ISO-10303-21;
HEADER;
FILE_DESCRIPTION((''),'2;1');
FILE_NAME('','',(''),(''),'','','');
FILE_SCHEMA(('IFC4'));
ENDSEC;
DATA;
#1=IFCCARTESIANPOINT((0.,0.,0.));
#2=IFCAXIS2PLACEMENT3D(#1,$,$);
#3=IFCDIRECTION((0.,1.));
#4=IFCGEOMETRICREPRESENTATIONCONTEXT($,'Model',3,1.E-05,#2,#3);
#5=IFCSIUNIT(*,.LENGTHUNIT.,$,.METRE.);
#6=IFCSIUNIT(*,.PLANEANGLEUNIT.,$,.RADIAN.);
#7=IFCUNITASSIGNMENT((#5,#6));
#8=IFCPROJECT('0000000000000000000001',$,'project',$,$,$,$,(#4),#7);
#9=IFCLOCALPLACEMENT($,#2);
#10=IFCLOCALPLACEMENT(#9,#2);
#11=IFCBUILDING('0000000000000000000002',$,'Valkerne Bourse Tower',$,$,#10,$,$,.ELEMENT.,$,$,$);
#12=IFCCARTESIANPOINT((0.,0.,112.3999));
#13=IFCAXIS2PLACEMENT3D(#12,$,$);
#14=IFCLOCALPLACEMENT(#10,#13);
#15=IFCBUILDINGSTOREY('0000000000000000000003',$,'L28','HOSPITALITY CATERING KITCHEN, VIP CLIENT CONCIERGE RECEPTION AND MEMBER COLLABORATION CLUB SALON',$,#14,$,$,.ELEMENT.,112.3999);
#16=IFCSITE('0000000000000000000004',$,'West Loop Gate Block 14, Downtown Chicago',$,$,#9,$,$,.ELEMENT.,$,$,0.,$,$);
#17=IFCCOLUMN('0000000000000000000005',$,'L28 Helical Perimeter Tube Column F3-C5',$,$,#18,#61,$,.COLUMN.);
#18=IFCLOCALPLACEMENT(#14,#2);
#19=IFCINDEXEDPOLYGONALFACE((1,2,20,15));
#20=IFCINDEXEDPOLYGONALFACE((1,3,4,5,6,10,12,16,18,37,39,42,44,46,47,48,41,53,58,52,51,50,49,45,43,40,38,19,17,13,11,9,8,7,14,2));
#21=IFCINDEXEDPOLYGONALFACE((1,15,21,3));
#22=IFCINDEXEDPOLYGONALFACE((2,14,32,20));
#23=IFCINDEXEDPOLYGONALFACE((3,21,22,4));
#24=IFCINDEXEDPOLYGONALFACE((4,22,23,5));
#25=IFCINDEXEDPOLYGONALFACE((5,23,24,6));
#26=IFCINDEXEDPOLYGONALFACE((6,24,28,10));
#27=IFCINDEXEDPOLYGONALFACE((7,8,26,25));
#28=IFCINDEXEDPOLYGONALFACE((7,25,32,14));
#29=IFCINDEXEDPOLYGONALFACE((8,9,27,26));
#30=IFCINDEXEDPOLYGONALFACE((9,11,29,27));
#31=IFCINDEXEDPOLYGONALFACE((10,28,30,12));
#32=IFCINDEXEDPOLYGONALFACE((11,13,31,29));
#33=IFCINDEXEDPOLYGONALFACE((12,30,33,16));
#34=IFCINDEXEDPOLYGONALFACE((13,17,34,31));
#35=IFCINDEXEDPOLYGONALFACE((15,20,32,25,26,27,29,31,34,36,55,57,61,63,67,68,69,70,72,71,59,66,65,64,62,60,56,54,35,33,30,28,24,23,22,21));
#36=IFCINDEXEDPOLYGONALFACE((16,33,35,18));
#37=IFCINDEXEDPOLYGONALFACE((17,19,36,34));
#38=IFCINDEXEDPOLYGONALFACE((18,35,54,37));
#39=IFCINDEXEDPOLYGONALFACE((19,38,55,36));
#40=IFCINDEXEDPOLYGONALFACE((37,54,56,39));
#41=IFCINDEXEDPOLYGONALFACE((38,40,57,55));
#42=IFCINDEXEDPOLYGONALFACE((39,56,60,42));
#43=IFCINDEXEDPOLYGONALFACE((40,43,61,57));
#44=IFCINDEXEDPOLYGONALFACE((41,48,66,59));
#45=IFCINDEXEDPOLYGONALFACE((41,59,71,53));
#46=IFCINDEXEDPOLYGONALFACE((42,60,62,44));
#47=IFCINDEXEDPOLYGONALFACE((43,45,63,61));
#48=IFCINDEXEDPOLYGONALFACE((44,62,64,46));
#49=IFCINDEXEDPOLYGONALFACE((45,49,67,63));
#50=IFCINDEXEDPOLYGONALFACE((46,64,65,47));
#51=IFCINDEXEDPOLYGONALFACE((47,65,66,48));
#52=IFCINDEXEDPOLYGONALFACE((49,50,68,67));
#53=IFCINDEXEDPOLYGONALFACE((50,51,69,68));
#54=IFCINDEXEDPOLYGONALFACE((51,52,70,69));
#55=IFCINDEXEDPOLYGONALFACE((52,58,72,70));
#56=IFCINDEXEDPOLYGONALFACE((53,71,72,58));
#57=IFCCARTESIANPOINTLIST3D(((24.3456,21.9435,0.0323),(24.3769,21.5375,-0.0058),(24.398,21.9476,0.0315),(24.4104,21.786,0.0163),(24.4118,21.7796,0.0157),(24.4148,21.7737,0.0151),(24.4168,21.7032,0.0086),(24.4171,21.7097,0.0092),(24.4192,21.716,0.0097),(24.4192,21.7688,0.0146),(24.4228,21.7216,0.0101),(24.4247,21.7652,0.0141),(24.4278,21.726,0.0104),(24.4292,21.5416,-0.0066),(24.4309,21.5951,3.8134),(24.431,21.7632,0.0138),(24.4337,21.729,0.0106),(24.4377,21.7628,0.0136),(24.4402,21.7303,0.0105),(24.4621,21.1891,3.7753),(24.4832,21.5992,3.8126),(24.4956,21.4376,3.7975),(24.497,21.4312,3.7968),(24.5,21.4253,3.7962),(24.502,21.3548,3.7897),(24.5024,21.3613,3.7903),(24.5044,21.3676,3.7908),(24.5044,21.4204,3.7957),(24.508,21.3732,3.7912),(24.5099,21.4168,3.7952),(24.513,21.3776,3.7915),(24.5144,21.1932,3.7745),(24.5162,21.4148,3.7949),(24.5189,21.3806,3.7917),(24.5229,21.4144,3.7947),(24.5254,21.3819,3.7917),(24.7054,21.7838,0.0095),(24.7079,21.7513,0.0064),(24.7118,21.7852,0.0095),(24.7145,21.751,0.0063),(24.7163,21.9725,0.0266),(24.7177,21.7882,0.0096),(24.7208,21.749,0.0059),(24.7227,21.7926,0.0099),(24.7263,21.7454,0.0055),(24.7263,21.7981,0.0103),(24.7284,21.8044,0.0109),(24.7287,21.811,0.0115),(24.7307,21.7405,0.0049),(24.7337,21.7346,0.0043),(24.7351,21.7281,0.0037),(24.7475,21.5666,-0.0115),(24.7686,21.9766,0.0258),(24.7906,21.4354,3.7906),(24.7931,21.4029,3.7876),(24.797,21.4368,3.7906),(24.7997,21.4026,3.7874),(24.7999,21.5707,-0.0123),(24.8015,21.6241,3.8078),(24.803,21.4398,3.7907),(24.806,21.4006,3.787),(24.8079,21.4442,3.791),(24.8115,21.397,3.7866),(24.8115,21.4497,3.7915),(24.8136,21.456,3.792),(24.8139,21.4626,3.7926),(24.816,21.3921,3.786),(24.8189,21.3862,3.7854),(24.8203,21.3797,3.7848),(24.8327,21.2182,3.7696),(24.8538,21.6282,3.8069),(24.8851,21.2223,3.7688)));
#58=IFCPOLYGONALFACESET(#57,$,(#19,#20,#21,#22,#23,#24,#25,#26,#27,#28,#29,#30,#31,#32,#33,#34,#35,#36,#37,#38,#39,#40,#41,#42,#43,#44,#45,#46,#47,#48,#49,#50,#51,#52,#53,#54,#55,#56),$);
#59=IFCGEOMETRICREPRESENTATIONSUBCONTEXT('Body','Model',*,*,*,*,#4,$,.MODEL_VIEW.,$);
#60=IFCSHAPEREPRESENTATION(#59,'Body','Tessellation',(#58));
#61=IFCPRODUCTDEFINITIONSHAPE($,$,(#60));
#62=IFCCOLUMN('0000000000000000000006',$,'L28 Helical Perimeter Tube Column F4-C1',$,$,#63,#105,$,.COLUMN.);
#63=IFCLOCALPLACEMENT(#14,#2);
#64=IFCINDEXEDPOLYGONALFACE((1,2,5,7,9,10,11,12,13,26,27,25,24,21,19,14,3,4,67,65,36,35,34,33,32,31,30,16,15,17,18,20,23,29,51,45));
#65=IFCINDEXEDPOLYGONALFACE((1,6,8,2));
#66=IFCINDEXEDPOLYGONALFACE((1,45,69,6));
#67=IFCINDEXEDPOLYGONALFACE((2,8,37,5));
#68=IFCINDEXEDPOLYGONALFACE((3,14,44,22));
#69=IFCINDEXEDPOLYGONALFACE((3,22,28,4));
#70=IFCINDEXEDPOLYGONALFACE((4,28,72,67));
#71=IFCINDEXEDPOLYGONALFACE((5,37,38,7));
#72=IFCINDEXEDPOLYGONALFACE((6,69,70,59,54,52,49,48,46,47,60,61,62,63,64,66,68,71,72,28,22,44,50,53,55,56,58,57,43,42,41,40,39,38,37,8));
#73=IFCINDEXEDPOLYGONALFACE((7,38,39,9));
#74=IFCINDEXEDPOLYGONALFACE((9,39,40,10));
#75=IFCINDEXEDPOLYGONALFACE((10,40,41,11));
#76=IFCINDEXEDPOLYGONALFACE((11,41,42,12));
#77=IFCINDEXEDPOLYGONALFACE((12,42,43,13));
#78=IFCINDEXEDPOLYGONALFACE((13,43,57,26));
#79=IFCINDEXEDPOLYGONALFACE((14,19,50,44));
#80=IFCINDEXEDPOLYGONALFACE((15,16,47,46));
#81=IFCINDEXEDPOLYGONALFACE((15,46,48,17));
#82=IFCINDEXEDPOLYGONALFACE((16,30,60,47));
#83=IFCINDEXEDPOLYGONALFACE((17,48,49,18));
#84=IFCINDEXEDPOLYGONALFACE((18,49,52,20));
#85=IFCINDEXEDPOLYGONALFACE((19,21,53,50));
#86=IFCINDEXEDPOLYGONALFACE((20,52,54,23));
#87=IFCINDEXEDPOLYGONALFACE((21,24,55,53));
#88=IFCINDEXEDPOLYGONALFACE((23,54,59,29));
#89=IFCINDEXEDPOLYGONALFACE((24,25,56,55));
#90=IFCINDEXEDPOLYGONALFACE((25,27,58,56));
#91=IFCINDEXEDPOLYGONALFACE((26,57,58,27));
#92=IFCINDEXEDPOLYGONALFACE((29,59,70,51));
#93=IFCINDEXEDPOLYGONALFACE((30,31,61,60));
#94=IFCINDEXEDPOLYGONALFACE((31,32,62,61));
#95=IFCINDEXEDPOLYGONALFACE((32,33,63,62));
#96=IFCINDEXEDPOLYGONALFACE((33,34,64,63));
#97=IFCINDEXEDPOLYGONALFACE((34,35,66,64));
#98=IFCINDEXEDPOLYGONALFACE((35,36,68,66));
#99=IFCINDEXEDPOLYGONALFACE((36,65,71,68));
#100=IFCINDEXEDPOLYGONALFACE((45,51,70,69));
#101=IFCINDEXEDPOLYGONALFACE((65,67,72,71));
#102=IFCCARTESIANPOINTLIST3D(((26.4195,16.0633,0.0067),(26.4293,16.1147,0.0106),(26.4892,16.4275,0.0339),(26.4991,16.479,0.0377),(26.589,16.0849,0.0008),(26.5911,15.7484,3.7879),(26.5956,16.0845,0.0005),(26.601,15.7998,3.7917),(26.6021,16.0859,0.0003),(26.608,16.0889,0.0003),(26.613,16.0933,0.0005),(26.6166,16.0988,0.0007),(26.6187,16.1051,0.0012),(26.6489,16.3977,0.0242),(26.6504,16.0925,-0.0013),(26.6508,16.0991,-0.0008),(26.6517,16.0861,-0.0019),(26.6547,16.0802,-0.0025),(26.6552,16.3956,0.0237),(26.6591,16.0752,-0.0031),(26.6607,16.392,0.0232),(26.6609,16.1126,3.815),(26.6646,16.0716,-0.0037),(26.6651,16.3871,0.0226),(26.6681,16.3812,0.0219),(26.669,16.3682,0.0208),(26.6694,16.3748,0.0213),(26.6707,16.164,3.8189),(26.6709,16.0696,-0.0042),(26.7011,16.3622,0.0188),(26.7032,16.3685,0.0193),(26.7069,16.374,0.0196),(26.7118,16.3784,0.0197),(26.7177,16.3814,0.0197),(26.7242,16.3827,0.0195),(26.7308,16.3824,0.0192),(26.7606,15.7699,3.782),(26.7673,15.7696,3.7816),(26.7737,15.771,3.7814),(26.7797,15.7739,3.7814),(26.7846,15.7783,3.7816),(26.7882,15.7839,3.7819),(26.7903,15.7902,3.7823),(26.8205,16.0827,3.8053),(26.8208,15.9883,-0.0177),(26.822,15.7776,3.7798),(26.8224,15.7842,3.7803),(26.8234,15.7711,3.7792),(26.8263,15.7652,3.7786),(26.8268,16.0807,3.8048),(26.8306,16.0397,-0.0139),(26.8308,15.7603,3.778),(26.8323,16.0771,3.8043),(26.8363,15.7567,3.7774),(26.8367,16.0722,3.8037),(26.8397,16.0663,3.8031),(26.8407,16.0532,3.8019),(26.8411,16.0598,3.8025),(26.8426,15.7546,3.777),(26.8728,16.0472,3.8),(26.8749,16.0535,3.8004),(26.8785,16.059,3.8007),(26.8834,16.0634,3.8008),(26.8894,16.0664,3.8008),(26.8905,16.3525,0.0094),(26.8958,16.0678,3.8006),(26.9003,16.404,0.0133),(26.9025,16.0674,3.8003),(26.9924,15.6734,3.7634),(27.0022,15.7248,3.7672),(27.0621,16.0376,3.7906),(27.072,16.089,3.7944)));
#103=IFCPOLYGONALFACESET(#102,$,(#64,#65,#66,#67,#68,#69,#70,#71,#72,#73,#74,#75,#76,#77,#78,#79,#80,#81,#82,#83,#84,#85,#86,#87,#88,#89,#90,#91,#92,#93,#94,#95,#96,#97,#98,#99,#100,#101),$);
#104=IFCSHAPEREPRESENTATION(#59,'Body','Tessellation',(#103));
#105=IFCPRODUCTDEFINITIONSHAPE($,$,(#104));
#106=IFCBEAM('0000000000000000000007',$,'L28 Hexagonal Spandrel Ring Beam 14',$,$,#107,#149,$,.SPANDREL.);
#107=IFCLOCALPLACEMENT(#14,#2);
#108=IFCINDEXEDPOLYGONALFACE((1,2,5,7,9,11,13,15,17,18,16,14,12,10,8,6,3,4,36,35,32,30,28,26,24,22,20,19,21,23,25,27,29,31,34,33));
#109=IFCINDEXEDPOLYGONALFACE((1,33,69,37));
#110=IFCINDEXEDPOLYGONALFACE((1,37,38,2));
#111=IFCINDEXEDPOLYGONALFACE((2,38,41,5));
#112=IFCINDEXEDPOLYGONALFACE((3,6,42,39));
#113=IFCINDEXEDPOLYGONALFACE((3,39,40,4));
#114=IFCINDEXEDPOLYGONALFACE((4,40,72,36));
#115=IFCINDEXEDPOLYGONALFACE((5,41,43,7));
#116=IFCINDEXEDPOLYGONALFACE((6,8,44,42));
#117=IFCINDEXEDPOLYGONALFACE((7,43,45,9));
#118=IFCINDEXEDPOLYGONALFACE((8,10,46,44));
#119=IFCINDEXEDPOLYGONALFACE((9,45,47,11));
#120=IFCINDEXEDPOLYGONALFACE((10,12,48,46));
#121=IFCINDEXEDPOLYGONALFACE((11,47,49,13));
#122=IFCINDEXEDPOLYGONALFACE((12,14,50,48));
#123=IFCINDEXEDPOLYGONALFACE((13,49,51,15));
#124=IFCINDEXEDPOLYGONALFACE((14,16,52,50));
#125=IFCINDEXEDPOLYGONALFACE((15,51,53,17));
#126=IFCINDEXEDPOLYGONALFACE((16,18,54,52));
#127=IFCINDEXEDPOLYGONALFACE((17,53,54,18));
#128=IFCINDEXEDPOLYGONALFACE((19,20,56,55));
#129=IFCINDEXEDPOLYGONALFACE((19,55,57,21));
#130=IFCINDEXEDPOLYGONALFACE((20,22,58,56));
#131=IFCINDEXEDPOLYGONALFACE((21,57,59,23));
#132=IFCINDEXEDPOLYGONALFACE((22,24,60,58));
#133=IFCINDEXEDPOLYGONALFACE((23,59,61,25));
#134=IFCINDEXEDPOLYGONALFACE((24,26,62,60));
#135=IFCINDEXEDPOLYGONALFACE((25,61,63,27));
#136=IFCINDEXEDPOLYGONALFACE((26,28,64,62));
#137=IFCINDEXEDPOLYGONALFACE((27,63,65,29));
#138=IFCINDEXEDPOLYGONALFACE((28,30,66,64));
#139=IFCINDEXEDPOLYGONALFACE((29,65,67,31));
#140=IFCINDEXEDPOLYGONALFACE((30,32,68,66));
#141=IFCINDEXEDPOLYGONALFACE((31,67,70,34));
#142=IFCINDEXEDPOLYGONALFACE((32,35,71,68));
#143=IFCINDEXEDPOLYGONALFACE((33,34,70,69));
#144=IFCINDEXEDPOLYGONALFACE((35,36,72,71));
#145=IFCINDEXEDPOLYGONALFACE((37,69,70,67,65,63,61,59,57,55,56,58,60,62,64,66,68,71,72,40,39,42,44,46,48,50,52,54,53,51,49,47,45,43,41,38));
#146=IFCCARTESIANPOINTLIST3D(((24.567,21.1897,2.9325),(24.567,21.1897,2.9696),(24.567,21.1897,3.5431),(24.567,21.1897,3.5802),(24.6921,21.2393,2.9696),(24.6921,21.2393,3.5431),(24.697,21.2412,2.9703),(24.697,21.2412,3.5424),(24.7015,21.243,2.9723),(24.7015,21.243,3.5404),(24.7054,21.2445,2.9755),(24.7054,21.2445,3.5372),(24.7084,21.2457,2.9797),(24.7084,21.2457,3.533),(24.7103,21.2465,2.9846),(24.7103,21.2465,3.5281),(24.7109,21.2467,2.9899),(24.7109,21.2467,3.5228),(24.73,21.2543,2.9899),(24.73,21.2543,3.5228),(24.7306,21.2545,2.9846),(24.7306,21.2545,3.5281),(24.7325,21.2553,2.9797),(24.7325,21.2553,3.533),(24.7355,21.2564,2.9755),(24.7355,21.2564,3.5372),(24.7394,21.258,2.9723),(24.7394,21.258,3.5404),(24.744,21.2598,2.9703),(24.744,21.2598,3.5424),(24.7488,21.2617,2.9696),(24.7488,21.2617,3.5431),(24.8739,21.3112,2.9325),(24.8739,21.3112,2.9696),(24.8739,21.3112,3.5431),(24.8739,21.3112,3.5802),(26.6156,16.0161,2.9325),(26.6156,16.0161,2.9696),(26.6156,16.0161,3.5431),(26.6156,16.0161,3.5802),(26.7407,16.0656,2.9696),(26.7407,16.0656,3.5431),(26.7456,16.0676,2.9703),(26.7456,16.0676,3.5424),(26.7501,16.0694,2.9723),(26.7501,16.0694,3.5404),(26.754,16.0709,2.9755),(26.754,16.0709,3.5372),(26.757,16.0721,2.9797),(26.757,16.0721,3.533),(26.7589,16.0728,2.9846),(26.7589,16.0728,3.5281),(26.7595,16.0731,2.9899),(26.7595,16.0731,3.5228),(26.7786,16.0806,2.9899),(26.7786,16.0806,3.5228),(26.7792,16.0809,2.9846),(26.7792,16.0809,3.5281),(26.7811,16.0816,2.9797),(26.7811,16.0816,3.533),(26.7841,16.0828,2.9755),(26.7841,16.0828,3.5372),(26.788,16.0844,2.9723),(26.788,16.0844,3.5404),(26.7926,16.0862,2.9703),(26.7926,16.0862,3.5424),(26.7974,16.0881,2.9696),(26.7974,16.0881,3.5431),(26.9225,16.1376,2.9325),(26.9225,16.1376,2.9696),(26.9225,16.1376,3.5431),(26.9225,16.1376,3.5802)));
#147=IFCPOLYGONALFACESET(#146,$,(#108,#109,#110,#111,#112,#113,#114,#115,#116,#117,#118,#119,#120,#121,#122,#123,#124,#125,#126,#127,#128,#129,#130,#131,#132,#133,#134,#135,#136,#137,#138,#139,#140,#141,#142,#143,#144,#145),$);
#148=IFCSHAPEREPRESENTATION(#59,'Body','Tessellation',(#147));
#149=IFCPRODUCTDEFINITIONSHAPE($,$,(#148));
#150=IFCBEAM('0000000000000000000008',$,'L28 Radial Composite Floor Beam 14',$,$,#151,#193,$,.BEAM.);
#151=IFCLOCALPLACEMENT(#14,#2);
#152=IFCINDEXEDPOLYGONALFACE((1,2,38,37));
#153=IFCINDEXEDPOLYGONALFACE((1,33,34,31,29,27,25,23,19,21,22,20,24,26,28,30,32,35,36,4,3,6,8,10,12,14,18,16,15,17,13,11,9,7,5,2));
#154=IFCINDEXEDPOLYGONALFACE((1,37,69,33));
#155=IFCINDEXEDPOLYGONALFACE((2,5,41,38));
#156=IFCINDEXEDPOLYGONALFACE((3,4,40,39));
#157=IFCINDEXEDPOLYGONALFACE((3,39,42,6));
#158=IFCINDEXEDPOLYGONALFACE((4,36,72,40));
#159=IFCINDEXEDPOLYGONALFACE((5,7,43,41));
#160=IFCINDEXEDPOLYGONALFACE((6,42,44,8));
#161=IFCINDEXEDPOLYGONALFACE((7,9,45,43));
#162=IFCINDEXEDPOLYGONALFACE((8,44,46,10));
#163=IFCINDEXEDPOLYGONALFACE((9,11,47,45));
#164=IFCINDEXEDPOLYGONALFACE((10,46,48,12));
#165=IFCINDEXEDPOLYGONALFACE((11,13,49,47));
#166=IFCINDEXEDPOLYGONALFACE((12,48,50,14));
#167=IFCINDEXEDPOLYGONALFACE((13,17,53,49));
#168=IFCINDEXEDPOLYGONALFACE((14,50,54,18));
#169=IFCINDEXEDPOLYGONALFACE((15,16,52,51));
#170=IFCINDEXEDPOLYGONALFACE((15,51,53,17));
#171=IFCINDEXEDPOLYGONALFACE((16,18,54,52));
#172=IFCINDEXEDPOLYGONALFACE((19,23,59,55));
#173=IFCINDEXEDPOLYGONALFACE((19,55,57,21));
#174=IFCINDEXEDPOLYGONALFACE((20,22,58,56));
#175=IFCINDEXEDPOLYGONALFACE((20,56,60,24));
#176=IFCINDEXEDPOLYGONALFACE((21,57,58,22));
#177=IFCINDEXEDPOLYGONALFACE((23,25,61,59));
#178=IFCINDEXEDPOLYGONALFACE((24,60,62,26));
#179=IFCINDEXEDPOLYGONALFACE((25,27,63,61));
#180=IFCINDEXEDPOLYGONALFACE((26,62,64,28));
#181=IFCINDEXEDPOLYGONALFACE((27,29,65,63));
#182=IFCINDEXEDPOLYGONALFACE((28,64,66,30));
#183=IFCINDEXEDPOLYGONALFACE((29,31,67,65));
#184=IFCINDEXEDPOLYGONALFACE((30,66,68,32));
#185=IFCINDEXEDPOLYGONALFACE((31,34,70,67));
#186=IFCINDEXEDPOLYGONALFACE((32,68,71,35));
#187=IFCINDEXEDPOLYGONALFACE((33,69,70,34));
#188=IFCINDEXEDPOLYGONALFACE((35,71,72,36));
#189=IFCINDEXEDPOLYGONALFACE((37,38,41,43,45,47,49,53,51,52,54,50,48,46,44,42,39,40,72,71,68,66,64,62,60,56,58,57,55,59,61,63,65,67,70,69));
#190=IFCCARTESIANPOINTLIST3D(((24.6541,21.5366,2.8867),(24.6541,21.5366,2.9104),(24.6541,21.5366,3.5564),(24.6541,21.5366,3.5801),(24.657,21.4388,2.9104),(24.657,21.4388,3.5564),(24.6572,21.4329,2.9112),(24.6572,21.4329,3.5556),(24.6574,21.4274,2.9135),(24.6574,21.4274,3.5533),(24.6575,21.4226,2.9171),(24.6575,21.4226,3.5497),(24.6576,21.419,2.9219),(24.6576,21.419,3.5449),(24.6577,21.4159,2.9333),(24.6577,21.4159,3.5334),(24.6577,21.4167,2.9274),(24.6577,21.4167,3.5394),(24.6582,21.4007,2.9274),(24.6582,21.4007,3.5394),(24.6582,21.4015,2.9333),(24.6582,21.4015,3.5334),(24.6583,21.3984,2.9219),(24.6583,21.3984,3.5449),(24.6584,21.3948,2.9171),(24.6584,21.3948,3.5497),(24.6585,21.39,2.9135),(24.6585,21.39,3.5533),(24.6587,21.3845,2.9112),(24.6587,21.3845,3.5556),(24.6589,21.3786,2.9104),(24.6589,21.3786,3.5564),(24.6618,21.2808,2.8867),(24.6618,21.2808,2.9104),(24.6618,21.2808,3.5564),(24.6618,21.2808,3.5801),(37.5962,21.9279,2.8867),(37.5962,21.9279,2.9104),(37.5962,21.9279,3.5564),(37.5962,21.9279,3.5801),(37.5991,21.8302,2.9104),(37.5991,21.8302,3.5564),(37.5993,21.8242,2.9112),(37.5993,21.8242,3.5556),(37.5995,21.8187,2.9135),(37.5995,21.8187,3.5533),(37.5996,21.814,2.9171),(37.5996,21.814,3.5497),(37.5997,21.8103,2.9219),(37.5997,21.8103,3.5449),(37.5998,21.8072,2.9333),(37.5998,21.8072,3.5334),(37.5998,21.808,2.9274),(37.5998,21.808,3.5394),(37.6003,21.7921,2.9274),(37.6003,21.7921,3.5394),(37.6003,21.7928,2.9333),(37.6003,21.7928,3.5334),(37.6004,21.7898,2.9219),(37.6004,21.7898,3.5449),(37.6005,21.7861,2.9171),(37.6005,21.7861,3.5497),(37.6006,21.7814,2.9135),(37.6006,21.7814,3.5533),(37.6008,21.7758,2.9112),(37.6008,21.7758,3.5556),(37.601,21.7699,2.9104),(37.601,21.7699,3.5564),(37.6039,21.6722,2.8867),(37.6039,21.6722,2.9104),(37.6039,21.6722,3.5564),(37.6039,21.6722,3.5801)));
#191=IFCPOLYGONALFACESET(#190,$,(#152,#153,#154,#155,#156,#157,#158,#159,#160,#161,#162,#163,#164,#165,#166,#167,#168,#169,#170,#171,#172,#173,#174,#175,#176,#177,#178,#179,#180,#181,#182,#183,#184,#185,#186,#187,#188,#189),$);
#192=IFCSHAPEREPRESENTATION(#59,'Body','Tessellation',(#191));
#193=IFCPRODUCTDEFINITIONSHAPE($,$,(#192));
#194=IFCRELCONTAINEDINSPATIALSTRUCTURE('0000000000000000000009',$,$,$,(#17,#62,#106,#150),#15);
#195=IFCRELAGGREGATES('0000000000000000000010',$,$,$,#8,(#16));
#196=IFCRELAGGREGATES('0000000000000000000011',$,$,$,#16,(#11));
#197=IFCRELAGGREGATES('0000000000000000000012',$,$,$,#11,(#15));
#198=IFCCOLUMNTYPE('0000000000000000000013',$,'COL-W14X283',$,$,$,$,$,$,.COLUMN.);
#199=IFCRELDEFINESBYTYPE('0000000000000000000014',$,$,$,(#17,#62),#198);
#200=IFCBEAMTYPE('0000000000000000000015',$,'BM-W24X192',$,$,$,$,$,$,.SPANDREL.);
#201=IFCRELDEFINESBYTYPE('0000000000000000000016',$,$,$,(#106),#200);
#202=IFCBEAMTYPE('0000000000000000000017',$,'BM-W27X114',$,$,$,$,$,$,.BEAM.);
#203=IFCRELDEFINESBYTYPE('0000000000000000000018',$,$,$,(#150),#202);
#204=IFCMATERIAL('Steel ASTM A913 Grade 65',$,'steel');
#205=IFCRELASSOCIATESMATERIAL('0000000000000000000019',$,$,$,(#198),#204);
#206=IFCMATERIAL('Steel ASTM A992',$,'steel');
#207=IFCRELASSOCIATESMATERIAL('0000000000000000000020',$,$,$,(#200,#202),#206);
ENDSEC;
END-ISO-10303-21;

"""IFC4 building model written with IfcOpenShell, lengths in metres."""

from ifc_helpers import new_model, si_unit, direction, frame, origin, origin_2d, place, context, subcontext, project, spatial, i_section, extrude, material, material_profile, profile_set, type_object, element, save


model = new_model("IFC4")

# Units and contexts
model_context = context("Model", 3, precision=1e-05, world=origin(), true_north=direction((0.0, 1.0)))
body_context = subcontext(model_context, "Body", "Model", "MODEL_VIEW")
ifc_project = project(units=[si_unit("LENGTHUNIT", "METRE"), si_unit("PLANEANGLEUNIT", "RADIAN")], contexts=[model_context])

# Site, building, storey
site_placement = place(None, origin())
site = spatial("IfcSite", under=ifc_project, at=site_placement, Name="West Loop Gate Block 14, Downtown Chicago", CompositionType="ELEMENT", RefElevation=0.0)
building_placement = place(site_placement, origin())
building = spatial("IfcBuilding", under=site, at=building_placement, Name="Valkerne Bourse Tower", CompositionType="ELEMENT")
storey_placement = place(building_placement, frame((0.0, 0.0, 112.3999)))
storey = spatial("IfcBuildingStorey", under=building, at=storey_placement, Name="L28", Description="HOSPITALITY CATERING KITCHEN, VIP CLIENT CONCIERGE RECEPTION AND MEMBER COLLABORATION CLUB SALON", CompositionType="ELEMENT", Elevation=112.3999)

# Columns
ifc_material_1 = material(Name="Steel ASTM A913 Grade 65", Category="steel")
ifc_material_profile_1 = material_profile(ifc_material_1, i_section(OverallWidth=0.4089, OverallDepth=0.4243, WebThickness=0.0327, FlangeThickness=0.0525, FilletRadius=0.0254, at=origin_2d()), Name="W14X283")
ifc_profile_set_1 = profile_set([ifc_material_profile_1], Name="Steel ASTM A913 Grade 65")
column_type = type_object("IfcColumnType", Name="COL-W14X283", PredefinedType="COLUMN", material=ifc_profile_set_1)
for number, where, z_axis, x_axis, name in (
    (1, (24.5728, 21.7571, 0.01), (0.022434, -0.09173, 0.995531), (0.07642, -0.992711, -0.093192), "L28 Helical Perimeter Tube Column F3-C5"),
    (2, (26.6599, 16.2336, 0.01), (0.04519, -0.082923, 0.995531), (0.981222, -0.183375, -0.059815), "L28 Helical Perimeter Tube Column F4-C1"),
):
    element("IfcColumn", number, at=place(storey_placement, frame(where, z_axis=z_axis, x_axis=x_axis)), inside=storey, type_object=column_type, Name=name, PredefinedType="COLUMN", context=body_context, shape_type="SweptSolid", body=[
        extrude(i_section(OverallWidth=0.4089, OverallDepth=0.4243, WebThickness=0.0327, FlangeThickness=0.0525, FilletRadius=0.0254, at=origin_2d()), origin(), (0.0, 0.0, 1.0), 3.7981),
    ])

# Beams
ifc_material_2 = material(Name="Steel ASTM A992", Category="steel")
ifc_material_profile_2 = material_profile(ifc_material_2, i_section(OverallWidth=0.3301, OverallDepth=0.6477, WebThickness=0.0205, FlangeThickness=0.0371, FilletRadius=0.0203, at=origin_2d()), Name="W24X192")
ifc_profile_set_2 = profile_set([ifc_material_profile_2], Name="Steel ASTM A992")
beam_type_1 = type_object("IfcBeamType", Name="BM-W24X192", PredefinedType="SPANDREL", material=ifc_profile_set_2)
beam_1_placement = place(storey_placement, frame((24.7205, 21.2505, 3.2563), z_axis=(0.368158, -0.929763, 0.0), x_axis=(0.929763, 0.368158, 0.0)))
element("IfcBeam", 3, at=beam_1_placement, inside=storey, type_object=beam_type_1, Name="L28 Hexagonal Spandrel Ring Beam 14", PredefinedType="SPANDREL", context=body_context, shape_type="SweptSolid", body=[
    extrude(i_section(OverallWidth=0.3301, OverallDepth=0.6477, WebThickness=0.0205, FlangeThickness=0.0371, FilletRadius=0.0203, at=origin_2d()), origin(), (0.0, 0.0, 1.0), 5.5645),
])
ifc_material_profile_3 = material_profile(ifc_material_2, i_section(OverallWidth=0.2559, OverallDepth=0.6934, WebThickness=0.0144, FlangeThickness=0.0237, FilletRadius=0.0229, at=origin_2d()), Name="W27X114")
ifc_profile_set_3 = profile_set([ifc_material_profile_3], Name="Steel ASTM A992")
beam_type_2 = type_object("IfcBeamType", Name="BM-W27X114", PredefinedType="BEAM", material=ifc_profile_set_3)
beam_2_placement = place(storey_placement, frame((24.658, 21.4087, 3.2334), z_axis=(0.999543, 0.030225, 0.0), x_axis=(-0.030225, 0.999543, 0.0)))
element("IfcBeam", 4, at=beam_2_placement, inside=storey, type_object=beam_type_2, Name="L28 Radial Composite Floor Beam 14", PredefinedType="BEAM", context=body_context, shape_type="SweptSolid", body=[
    extrude(i_section(OverallWidth=0.2559, OverallDepth=0.6934, WebThickness=0.0144, FlangeThickness=0.0237, FilletRadius=0.0229, at=origin_2d()), origin(), (0.0, 0.0, 1.0), 12.948),
])

save(model, "model.ifc")
